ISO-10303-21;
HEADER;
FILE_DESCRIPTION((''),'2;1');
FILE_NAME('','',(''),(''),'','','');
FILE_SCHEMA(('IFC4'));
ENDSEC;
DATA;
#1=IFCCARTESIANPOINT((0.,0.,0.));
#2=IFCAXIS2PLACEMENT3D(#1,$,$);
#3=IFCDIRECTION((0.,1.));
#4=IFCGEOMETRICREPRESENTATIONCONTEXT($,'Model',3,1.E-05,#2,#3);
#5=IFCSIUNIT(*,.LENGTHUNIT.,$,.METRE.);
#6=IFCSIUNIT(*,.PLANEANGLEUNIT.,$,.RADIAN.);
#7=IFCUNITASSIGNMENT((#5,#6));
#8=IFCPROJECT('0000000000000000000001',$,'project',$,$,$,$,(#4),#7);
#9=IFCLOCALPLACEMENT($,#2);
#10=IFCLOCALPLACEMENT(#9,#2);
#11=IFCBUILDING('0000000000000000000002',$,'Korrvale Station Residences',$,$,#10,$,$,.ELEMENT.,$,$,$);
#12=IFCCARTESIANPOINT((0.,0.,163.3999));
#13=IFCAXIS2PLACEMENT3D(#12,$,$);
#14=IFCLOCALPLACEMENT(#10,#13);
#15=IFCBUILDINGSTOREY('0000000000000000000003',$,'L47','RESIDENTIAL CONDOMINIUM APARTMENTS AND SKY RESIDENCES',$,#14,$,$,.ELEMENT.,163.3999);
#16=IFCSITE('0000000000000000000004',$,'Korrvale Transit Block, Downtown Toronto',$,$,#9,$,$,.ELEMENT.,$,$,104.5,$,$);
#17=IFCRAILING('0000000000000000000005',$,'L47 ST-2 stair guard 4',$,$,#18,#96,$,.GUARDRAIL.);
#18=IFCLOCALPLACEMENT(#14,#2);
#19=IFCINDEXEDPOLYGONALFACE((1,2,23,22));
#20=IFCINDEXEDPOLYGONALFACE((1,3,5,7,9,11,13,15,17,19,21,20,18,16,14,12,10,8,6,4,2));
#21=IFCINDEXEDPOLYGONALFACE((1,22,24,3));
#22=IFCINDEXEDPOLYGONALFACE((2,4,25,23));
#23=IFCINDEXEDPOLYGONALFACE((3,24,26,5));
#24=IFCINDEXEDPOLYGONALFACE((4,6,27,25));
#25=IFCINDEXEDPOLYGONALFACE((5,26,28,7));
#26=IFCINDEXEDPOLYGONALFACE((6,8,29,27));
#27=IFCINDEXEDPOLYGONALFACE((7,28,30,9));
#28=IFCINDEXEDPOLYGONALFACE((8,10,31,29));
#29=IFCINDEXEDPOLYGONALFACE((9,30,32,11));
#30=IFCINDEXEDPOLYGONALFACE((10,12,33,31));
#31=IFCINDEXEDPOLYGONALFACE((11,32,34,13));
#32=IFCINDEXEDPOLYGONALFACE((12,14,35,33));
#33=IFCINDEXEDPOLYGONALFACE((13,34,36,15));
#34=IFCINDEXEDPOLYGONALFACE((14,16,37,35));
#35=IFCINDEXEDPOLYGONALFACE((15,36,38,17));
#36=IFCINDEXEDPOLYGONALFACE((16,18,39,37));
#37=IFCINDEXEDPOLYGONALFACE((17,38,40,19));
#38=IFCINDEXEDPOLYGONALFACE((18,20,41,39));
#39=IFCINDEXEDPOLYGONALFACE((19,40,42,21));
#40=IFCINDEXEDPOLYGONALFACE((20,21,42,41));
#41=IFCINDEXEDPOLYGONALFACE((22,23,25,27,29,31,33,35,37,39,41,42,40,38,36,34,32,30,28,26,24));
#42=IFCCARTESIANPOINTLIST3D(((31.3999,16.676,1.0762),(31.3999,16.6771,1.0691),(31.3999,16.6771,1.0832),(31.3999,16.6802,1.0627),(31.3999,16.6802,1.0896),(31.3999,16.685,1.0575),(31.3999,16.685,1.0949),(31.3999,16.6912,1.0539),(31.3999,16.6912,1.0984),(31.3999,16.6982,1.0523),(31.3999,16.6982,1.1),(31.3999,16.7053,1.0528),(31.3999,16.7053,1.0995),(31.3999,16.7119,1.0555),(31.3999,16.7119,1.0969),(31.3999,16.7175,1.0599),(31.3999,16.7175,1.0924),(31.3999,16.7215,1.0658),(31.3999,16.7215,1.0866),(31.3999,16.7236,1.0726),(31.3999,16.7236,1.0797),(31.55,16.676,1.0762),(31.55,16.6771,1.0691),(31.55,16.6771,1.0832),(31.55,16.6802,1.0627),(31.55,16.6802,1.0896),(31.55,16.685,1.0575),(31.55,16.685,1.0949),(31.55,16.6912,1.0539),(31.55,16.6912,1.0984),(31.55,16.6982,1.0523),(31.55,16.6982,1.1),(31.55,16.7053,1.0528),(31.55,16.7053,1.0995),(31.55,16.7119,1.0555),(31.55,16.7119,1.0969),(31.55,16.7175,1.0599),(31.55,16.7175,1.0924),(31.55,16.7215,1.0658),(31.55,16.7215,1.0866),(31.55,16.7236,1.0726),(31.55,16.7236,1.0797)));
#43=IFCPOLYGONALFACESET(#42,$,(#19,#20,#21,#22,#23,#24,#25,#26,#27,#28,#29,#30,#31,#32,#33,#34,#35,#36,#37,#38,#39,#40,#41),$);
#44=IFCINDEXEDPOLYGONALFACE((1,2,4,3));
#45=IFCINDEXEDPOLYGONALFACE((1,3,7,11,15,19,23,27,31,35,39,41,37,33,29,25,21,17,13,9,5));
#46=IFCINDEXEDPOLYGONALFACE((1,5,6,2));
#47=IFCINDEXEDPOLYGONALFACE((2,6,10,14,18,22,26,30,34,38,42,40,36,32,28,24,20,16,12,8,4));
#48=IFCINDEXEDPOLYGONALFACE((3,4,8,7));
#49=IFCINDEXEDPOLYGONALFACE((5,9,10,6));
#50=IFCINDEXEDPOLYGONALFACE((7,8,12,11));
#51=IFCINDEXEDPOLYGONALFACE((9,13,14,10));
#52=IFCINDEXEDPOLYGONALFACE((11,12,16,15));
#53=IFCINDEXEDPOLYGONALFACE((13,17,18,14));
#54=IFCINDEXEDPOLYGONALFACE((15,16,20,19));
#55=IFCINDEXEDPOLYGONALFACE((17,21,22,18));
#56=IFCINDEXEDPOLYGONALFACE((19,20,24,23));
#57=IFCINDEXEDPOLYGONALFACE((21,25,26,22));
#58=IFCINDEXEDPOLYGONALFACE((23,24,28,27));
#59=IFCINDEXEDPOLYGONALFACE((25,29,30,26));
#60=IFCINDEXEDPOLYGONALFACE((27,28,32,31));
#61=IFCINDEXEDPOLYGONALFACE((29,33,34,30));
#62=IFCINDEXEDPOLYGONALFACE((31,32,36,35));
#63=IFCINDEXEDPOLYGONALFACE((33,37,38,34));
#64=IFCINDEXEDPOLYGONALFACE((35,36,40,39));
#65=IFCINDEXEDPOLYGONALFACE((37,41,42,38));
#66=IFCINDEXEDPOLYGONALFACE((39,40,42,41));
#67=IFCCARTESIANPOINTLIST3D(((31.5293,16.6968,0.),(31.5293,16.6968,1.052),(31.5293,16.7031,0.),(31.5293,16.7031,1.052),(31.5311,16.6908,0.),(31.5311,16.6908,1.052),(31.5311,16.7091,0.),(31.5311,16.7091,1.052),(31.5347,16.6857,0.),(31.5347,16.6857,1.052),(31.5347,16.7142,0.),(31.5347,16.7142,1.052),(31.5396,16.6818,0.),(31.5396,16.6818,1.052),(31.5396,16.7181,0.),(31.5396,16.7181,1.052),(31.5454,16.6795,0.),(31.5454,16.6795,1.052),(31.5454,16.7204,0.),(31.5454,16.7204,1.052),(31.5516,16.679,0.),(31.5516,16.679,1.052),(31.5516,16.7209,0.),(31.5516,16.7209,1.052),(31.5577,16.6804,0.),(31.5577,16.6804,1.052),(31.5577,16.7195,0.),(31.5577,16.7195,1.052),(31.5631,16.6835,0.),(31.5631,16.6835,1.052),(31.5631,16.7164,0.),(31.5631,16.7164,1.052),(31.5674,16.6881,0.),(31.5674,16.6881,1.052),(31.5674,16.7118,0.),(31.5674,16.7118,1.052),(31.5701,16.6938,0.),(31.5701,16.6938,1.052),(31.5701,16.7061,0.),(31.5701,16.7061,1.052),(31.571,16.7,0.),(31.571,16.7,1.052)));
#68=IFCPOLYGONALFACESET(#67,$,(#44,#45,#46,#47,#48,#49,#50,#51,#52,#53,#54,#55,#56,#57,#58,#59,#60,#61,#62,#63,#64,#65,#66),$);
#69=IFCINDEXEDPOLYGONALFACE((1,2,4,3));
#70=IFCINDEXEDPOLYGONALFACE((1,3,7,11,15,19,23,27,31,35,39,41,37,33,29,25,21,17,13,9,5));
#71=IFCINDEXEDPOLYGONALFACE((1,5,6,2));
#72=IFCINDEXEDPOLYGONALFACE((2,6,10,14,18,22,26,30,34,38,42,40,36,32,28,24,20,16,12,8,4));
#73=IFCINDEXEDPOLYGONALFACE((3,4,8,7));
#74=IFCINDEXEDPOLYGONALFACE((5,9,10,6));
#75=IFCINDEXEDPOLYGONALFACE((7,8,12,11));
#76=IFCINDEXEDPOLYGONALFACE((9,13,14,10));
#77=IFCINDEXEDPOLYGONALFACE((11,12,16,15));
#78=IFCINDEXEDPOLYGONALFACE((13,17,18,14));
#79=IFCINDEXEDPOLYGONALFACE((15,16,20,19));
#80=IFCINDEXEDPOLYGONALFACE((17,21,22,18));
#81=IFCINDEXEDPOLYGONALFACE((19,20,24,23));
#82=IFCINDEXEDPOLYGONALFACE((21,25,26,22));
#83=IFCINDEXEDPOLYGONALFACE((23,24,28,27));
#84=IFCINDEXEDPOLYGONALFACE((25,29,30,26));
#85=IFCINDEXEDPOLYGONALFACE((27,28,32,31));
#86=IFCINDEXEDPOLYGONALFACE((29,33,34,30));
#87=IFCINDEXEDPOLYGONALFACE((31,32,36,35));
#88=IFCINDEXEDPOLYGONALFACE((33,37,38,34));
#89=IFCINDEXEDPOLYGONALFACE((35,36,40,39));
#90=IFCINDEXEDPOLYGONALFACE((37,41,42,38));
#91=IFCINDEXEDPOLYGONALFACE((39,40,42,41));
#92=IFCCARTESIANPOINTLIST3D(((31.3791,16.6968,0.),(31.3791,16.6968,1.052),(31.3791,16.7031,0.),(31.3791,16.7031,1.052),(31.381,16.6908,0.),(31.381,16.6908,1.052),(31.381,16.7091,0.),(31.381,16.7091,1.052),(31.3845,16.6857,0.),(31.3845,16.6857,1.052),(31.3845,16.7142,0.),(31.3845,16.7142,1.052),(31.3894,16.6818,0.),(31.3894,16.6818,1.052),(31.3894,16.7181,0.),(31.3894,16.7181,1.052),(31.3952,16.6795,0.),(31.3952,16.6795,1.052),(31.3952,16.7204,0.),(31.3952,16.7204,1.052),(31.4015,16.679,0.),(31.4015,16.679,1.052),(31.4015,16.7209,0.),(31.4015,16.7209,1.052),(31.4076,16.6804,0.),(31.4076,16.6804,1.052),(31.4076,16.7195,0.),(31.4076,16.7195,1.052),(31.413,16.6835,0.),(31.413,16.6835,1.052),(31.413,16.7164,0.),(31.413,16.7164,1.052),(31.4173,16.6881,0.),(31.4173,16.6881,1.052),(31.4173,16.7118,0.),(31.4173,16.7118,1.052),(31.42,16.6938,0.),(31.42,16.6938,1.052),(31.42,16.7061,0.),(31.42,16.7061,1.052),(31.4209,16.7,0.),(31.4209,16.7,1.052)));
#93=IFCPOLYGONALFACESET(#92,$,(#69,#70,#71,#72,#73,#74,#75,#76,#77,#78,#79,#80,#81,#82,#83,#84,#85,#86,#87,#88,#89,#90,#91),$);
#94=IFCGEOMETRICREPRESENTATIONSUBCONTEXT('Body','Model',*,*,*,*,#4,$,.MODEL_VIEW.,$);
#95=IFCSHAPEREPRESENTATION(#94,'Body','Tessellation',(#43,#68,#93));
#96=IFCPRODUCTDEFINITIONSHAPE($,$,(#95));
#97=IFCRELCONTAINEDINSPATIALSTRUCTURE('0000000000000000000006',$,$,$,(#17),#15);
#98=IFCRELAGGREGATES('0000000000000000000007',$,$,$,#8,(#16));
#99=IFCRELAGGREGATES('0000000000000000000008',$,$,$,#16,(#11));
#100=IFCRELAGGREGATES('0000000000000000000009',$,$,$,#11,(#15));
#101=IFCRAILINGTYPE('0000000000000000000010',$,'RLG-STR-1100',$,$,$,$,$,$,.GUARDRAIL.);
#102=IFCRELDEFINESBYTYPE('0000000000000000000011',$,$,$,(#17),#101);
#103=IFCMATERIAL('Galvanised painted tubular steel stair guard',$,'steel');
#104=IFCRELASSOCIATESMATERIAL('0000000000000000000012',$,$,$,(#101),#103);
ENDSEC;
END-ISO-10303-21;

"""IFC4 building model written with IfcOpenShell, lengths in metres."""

from ifc_helpers import new_model, si_unit, direction, frame, origin, origin_2d, place, context, subcontext, project, spatial, circle, extrude, material, type_object, element, save


model = new_model("IFC4")

# Units and contexts
model_context = context("Model", 3, precision=1e-05, world=origin(), true_north=direction((0.0, 1.0)))
body_context = subcontext(model_context, "Body", "Model", "MODEL_VIEW")
ifc_project = project(units=[si_unit("LENGTHUNIT", "METRE"), si_unit("PLANEANGLEUNIT", "RADIAN")], contexts=[model_context])

# Site, building, storey
site_placement = place(None, origin())
site = spatial("IfcSite", under=ifc_project, at=site_placement, Name="Korrvale Transit Block, Downtown Toronto", CompositionType="ELEMENT", RefElevation=104.5)
building_placement = place(site_placement, origin())
building = spatial("IfcBuilding", under=site, at=building_placement, Name="Korrvale Station Residences", CompositionType="ELEMENT")
storey_placement = place(building_placement, frame((0.0, 0.0, 163.3999)))
storey = spatial("IfcBuildingStorey", under=building, at=storey_placement, Name="L47", Description="RESIDENTIAL CONDOMINIUM APARTMENTS AND SKY RESIDENCES", CompositionType="ELEMENT", Elevation=163.3999)

# Railing
ifc_material_1 = material(Name="Galvanised painted tubular steel stair guard", Category="steel")
railing_type_1 = type_object("IfcRailingType", Name="RLG-STR-1100", PredefinedType="GUARDRAIL", material=ifc_material_1)
railing_1_placement = place(storey_placement, frame((31.55, 16.7, 0.0)))
element("IfcRailing", 1, at=railing_1_placement, inside=storey, type_object=railing_type_1, Name="L47 ST-2 stair guard 4", PredefinedType="GUARDRAIL", context=body_context, shape_type="SweptSolid", body=[
    extrude(circle(Radius=0.0239, at=origin_2d()), frame((0.0, 0.0, 1.0762), z_axis=(-1.0, 0.0, 0.0), x_axis=(0.0, -1.0, 0.0)), (0.0, 0.0, 1.0), 0.1501),
    extrude(circle(Radius=0.021, at=origin_2d()), origin(), (0.0, 0.0, 1.0), 1.052),
    extrude(circle(Radius=0.021, at=origin_2d()), frame((-0.1501, 0.0, 0.0)), (0.0, 0.0, 1.0), 1.052),
])

save(model, "model.ifc")
